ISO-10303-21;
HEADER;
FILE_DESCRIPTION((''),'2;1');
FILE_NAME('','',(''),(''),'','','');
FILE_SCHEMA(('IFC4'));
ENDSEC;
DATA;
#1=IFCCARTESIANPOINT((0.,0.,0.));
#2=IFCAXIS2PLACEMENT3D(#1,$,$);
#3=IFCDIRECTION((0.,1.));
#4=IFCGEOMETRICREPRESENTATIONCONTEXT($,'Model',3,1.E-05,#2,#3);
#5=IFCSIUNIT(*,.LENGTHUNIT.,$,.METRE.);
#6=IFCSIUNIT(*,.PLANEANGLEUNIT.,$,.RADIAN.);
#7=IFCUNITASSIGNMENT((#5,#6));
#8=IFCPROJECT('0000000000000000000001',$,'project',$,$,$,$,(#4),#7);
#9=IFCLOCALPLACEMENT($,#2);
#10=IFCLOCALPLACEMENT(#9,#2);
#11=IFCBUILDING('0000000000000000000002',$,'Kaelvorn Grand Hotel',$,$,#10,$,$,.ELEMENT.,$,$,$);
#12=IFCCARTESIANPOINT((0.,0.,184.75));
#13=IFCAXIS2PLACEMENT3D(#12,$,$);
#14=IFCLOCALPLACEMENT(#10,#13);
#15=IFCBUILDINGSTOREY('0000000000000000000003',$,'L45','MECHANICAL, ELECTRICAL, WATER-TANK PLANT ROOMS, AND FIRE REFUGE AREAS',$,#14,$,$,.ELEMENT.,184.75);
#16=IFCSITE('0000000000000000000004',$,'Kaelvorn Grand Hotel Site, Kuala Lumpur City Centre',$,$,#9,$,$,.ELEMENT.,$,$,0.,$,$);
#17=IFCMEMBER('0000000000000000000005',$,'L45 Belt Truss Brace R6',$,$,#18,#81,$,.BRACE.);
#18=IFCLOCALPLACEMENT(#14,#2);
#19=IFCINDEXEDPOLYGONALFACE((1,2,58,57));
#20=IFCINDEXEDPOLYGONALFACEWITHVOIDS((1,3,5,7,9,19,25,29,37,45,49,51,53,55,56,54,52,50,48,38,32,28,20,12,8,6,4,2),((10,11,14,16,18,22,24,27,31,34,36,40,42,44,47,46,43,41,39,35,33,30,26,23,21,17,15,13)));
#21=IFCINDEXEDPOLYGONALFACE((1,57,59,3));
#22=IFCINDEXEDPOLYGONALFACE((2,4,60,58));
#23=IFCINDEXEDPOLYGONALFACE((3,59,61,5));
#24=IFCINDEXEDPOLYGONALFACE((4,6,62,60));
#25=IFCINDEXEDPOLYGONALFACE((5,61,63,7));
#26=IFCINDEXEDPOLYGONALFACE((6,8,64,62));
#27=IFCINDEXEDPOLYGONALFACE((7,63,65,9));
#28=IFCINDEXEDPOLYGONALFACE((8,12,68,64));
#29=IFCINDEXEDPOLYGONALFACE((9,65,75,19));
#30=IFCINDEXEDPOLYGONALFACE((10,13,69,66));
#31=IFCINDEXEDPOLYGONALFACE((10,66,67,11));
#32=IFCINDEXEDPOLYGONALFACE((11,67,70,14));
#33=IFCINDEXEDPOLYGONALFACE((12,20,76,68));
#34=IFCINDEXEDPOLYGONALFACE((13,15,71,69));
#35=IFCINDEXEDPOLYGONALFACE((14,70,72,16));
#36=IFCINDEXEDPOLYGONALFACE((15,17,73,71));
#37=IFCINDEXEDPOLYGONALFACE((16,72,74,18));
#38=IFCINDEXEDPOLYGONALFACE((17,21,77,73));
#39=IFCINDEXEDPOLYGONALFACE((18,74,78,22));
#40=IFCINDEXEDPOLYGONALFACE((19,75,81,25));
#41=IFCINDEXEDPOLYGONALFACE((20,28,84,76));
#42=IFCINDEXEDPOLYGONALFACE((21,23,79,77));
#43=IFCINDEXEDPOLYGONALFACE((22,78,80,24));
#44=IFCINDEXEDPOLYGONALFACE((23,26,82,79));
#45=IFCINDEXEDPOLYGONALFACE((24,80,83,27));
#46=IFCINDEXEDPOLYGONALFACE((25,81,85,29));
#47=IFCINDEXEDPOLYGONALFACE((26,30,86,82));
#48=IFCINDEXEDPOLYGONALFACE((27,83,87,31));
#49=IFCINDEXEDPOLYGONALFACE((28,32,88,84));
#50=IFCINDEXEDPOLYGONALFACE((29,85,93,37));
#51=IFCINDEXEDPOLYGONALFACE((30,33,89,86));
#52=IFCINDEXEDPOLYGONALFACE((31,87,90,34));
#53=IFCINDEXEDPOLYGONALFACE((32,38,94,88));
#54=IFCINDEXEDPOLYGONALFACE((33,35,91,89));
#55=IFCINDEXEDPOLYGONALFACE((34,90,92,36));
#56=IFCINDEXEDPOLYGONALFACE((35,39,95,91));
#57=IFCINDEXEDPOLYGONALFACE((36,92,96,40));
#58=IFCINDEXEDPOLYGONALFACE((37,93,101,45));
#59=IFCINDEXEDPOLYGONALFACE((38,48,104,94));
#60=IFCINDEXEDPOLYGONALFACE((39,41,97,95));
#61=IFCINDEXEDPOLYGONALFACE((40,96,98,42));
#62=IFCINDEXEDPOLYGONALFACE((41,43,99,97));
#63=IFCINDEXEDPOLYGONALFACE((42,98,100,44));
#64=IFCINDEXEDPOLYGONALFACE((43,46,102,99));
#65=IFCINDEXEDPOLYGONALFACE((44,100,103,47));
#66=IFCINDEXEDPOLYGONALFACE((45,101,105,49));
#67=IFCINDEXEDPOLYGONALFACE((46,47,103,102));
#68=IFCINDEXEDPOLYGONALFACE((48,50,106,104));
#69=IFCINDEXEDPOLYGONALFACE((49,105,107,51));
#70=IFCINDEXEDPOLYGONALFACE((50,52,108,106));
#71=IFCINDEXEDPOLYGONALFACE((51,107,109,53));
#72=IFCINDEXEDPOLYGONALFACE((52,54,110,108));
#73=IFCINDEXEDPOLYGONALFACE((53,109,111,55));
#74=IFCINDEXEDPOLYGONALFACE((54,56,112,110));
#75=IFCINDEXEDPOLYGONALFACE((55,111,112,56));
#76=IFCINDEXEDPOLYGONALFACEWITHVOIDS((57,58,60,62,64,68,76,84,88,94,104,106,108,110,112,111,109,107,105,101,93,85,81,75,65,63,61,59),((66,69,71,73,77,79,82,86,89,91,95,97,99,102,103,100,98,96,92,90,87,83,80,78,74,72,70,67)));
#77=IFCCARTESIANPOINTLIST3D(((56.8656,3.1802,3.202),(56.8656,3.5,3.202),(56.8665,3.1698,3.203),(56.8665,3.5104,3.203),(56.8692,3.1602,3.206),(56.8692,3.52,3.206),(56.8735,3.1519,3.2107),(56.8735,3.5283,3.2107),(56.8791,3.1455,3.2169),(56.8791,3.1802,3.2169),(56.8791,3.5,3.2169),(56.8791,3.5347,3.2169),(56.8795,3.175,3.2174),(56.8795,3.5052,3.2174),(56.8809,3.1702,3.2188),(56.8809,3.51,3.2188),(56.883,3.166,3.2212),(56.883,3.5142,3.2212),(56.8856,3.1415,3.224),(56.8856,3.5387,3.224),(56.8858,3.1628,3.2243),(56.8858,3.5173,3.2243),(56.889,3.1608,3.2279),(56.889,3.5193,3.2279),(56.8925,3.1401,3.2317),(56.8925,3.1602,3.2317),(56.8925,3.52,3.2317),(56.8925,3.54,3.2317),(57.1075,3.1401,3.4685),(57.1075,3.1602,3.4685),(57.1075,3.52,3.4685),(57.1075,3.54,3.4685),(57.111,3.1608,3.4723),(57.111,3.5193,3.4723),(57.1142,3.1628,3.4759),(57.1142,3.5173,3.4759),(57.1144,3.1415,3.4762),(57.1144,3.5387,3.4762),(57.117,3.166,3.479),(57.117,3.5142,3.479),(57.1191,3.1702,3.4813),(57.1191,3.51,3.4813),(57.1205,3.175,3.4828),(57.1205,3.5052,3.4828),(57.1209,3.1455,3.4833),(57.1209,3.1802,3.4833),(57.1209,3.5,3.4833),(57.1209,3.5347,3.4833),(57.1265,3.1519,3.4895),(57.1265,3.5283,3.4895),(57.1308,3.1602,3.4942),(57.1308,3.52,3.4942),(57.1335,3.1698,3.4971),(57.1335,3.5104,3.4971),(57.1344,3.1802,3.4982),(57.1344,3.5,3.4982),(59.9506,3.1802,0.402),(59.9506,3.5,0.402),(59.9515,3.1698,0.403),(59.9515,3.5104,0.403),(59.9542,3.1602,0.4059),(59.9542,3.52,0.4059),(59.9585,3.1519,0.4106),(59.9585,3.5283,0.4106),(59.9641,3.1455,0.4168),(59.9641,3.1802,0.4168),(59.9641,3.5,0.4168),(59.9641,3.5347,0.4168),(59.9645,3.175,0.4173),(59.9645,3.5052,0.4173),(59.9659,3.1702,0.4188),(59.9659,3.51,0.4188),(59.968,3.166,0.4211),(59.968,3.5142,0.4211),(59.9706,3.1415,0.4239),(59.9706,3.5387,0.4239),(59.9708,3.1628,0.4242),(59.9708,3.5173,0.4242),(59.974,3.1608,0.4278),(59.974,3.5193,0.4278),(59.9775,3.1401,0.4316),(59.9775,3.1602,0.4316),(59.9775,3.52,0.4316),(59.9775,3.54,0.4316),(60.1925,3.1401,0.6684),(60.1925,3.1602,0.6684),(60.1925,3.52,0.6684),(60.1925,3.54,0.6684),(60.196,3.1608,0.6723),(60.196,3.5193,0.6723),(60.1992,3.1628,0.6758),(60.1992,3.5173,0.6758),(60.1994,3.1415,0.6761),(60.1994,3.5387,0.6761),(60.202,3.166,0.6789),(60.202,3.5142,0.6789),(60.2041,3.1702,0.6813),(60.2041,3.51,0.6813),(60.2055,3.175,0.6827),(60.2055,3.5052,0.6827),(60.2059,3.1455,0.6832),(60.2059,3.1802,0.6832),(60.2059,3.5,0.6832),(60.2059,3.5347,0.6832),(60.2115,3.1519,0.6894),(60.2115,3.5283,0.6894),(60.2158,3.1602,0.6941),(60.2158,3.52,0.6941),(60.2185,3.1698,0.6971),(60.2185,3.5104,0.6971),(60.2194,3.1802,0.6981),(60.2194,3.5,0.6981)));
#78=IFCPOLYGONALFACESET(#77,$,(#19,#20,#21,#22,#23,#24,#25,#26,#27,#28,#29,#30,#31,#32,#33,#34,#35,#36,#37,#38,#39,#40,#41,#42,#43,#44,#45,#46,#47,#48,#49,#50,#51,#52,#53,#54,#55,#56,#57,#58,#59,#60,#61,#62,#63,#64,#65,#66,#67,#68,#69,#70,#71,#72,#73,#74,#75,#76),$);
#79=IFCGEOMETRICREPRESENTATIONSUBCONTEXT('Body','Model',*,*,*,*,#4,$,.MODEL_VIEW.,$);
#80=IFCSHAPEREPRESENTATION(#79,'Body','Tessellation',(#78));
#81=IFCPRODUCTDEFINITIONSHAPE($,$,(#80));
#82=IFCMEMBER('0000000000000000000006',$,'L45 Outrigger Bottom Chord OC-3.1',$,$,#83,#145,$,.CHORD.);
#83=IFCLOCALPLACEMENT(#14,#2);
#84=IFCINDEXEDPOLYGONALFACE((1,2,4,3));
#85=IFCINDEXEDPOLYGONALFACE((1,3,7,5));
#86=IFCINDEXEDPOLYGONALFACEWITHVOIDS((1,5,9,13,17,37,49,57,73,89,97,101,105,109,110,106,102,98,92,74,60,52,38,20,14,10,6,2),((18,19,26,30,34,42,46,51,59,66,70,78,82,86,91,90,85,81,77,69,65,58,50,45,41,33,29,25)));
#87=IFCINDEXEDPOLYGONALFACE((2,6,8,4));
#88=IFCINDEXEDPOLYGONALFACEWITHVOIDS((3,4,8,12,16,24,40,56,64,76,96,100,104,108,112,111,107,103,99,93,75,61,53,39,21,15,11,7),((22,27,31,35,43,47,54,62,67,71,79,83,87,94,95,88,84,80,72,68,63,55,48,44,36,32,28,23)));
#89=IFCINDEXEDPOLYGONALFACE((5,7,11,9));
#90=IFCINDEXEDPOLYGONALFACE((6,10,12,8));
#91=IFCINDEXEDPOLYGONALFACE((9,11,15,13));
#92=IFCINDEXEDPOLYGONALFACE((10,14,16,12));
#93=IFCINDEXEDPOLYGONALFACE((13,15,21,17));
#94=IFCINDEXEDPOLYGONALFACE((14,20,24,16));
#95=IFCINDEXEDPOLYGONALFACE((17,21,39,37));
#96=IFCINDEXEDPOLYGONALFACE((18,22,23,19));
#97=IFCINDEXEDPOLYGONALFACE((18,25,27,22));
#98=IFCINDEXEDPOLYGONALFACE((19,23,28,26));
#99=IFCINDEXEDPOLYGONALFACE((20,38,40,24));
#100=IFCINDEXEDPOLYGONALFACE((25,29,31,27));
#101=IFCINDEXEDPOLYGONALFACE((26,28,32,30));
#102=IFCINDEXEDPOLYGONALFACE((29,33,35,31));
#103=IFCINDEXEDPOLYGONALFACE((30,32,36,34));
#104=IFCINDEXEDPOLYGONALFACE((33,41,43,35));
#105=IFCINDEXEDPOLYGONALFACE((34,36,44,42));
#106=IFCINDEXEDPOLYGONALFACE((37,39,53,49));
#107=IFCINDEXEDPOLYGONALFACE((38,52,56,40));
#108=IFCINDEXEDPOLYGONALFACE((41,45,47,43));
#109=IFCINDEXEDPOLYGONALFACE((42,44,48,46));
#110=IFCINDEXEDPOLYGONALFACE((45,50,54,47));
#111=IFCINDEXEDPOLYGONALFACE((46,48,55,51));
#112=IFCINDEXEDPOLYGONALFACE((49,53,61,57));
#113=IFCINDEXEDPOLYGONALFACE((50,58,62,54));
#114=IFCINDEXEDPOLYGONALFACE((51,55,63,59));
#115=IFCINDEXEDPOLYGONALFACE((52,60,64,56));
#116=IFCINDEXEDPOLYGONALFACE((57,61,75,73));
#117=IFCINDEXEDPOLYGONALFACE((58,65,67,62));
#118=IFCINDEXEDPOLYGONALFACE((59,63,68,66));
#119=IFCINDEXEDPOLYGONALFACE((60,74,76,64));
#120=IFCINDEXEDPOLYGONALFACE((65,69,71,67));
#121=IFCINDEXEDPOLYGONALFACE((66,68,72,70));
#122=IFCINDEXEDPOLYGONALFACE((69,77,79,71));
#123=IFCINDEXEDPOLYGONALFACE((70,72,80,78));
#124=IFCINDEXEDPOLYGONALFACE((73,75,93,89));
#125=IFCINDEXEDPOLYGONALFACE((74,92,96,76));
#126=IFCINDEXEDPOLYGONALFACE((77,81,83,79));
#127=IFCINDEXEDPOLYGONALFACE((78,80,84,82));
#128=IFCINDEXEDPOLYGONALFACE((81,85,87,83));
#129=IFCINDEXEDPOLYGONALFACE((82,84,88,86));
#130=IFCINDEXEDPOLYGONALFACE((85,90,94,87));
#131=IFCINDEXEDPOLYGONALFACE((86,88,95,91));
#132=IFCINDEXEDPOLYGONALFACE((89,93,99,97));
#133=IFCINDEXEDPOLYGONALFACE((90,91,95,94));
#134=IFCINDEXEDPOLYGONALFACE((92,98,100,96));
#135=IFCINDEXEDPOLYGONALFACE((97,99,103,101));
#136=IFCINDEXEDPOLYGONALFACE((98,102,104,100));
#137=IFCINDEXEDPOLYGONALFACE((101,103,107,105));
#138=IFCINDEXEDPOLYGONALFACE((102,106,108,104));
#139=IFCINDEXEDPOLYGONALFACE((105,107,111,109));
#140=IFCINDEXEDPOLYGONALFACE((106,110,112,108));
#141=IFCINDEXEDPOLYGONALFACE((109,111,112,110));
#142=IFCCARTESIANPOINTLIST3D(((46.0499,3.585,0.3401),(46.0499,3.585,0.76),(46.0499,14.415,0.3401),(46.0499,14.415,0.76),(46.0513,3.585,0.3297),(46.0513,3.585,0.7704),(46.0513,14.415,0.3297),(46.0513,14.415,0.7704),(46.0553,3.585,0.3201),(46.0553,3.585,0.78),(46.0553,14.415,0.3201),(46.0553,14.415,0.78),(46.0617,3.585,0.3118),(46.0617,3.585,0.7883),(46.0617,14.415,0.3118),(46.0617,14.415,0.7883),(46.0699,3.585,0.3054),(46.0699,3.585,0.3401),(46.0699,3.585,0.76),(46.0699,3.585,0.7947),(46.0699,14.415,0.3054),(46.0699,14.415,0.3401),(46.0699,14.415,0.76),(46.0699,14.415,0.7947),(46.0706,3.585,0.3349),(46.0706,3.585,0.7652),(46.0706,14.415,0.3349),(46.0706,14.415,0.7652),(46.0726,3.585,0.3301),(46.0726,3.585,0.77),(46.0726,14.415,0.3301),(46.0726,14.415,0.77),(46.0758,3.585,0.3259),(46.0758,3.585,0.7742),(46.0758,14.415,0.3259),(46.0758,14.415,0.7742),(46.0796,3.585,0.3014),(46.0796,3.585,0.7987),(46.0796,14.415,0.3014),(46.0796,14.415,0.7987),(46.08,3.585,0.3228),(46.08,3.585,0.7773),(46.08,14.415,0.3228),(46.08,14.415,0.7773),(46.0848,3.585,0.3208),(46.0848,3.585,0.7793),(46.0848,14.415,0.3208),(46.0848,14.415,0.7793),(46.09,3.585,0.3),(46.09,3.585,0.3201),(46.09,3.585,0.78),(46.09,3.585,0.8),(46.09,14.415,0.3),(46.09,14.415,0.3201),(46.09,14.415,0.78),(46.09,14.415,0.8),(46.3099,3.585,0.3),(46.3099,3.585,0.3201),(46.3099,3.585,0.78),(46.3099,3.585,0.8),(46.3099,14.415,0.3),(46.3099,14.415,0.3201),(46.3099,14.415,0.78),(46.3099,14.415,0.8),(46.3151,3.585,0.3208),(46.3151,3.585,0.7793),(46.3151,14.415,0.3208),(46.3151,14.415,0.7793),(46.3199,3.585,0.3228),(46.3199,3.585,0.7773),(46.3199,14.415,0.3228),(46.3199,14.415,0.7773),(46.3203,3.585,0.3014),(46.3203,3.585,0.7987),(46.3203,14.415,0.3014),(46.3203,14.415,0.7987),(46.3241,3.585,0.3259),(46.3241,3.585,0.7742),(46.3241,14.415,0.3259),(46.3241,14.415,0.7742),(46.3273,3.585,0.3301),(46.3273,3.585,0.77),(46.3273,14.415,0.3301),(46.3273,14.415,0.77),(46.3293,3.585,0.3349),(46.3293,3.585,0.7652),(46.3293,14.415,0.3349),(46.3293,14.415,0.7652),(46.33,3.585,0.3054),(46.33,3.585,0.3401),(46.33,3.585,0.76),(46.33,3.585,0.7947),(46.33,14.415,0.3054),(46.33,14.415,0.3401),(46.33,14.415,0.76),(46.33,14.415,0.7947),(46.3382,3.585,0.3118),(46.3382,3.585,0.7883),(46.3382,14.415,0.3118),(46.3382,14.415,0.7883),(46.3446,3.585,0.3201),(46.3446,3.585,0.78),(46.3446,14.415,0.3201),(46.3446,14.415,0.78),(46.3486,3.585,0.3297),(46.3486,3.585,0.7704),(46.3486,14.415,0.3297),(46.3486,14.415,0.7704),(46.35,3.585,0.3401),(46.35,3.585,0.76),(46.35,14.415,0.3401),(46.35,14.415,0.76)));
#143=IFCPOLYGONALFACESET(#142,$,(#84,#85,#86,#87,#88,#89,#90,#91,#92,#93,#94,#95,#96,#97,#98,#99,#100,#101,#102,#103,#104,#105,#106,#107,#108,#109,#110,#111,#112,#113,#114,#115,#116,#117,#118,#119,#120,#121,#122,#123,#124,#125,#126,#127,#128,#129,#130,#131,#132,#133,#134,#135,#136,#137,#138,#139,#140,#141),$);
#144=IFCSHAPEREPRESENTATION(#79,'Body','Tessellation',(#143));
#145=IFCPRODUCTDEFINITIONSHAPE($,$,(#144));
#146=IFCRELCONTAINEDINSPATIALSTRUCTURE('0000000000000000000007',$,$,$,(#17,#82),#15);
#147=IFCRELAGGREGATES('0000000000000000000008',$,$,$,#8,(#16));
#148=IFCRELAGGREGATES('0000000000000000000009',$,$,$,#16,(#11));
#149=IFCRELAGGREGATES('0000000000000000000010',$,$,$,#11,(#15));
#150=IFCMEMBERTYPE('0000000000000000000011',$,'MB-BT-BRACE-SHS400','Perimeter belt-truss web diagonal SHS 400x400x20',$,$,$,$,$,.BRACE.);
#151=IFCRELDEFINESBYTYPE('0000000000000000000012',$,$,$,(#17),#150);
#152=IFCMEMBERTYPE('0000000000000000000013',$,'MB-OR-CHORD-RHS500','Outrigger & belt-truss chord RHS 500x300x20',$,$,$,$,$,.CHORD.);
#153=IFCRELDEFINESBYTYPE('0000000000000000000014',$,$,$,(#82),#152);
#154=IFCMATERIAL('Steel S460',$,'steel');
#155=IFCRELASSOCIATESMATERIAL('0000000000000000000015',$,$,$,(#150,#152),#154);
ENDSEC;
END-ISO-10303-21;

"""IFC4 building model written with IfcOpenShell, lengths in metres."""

from ifc_helpers import new_model, si_unit, direction, frame, origin, origin_2d, place, context, subcontext, project, spatial, hollow_rectangle, extrude, material, material_profile, profile_set, type_object, element, save


model = new_model("IFC4")

# Units and contexts
model_context = context("Model", 3, precision=1e-05, world=origin(), true_north=direction((0.0, 1.0)))
body_context = subcontext(model_context, "Body", "Model", "MODEL_VIEW")
ifc_project = project(units=[si_unit("LENGTHUNIT", "METRE"), si_unit("PLANEANGLEUNIT", "RADIAN")], contexts=[model_context])

# Site, building, storey
site_placement = place(None, origin())
site = spatial("IfcSite", under=ifc_project, at=site_placement, Name="Kaelvorn Grand Hotel Site, Kuala Lumpur City Centre", CompositionType="ELEMENT", RefElevation=0.0)
building_placement = place(site_placement, origin())
building = spatial("IfcBuilding", under=site, at=building_placement, Name="Kaelvorn Grand Hotel", CompositionType="ELEMENT")
storey_placement = place(building_placement, frame((0.0, 0.0, 184.75)))
storey = spatial("IfcBuildingStorey", under=building, at=storey_placement, Name="L45", Description="MECHANICAL, ELECTRICAL, WATER-TANK PLANT ROOMS, AND FIRE REFUGE AREAS", CompositionType="ELEMENT", Elevation=184.75)

# Members
ifc_material_1 = material(Name="Steel S460", Category="steel")
ifc_material_profile_1 = material_profile(ifc_material_1, hollow_rectangle(XDim=0.3999, YDim=0.3999, WallThickness=0.02, InnerFilletRadius=0.02, OuterFilletRadius=0.04, at=origin_2d()), Name="SHS 400x400x20.0")
ifc_profile_set_1 = profile_set([ifc_material_profile_1], Name="Steel S460")
member_type_1 = type_object("IfcMemberType", Name="MB-BT-BRACE-SHS400", Description="Perimeter belt-truss web diagonal SHS 400x400x20", PredefinedType="BRACE", material=ifc_profile_set_1)
for number, where, z_axis, x_axis, name in (
    (1, (57.0, 3.3401, 3.3501), (0.740473, 0.0, -0.672086), (0.0, 1.0, 0.0), "L45 Belt Truss Brace R6"),
):
    element("IfcMember", number, at=place(storey_placement, frame(where, z_axis=z_axis, x_axis=x_axis)), inside=storey, type_object=member_type_1, Name=name, PredefinedType="BRACE", context=body_context, shape_type="SweptSolid", body=[
        extrude(hollow_rectangle(XDim=0.3999, YDim=0.3999, WallThickness=0.02, InnerFilletRadius=0.02, OuterFilletRadius=0.04, at=origin_2d()), origin(), (0.0, 0.0, 1.0), 4.1663),
    ])
ifc_material_profile_2 = material_profile(ifc_material_1, hollow_rectangle(XDim=0.3, YDim=0.5, WallThickness=0.02, InnerFilletRadius=0.02, OuterFilletRadius=0.04, at=origin_2d()), Name="RHS 500x300x20.0")
ifc_profile_set_2 = profile_set([ifc_material_profile_2], Name="Steel S460")
member_type_2 = type_object("IfcMemberType", Name="MB-OR-CHORD-RHS500", Description="Outrigger & belt-truss chord RHS 500x300x20", PredefinedType="CHORD", material=ifc_profile_set_2)
member_placement = place(storey_placement, frame((46.2, 3.585, 0.55), z_axis=(0.0, 1.0, 0.0), x_axis=(-1.0, 0.0, 0.0)))
element("IfcMember", 2, at=member_placement, inside=storey, type_object=member_type_2, Name="L45 Outrigger Bottom Chord OC-3.1", PredefinedType="CHORD", context=body_context, shape_type="SweptSolid", body=[
    extrude(hollow_rectangle(XDim=0.3, YDim=0.5, WallThickness=0.02, InnerFilletRadius=0.02, OuterFilletRadius=0.04, at=origin_2d()), origin(), (0.0, 0.0, 1.0), 10.8301),
])

save(model, "model.ifc")
